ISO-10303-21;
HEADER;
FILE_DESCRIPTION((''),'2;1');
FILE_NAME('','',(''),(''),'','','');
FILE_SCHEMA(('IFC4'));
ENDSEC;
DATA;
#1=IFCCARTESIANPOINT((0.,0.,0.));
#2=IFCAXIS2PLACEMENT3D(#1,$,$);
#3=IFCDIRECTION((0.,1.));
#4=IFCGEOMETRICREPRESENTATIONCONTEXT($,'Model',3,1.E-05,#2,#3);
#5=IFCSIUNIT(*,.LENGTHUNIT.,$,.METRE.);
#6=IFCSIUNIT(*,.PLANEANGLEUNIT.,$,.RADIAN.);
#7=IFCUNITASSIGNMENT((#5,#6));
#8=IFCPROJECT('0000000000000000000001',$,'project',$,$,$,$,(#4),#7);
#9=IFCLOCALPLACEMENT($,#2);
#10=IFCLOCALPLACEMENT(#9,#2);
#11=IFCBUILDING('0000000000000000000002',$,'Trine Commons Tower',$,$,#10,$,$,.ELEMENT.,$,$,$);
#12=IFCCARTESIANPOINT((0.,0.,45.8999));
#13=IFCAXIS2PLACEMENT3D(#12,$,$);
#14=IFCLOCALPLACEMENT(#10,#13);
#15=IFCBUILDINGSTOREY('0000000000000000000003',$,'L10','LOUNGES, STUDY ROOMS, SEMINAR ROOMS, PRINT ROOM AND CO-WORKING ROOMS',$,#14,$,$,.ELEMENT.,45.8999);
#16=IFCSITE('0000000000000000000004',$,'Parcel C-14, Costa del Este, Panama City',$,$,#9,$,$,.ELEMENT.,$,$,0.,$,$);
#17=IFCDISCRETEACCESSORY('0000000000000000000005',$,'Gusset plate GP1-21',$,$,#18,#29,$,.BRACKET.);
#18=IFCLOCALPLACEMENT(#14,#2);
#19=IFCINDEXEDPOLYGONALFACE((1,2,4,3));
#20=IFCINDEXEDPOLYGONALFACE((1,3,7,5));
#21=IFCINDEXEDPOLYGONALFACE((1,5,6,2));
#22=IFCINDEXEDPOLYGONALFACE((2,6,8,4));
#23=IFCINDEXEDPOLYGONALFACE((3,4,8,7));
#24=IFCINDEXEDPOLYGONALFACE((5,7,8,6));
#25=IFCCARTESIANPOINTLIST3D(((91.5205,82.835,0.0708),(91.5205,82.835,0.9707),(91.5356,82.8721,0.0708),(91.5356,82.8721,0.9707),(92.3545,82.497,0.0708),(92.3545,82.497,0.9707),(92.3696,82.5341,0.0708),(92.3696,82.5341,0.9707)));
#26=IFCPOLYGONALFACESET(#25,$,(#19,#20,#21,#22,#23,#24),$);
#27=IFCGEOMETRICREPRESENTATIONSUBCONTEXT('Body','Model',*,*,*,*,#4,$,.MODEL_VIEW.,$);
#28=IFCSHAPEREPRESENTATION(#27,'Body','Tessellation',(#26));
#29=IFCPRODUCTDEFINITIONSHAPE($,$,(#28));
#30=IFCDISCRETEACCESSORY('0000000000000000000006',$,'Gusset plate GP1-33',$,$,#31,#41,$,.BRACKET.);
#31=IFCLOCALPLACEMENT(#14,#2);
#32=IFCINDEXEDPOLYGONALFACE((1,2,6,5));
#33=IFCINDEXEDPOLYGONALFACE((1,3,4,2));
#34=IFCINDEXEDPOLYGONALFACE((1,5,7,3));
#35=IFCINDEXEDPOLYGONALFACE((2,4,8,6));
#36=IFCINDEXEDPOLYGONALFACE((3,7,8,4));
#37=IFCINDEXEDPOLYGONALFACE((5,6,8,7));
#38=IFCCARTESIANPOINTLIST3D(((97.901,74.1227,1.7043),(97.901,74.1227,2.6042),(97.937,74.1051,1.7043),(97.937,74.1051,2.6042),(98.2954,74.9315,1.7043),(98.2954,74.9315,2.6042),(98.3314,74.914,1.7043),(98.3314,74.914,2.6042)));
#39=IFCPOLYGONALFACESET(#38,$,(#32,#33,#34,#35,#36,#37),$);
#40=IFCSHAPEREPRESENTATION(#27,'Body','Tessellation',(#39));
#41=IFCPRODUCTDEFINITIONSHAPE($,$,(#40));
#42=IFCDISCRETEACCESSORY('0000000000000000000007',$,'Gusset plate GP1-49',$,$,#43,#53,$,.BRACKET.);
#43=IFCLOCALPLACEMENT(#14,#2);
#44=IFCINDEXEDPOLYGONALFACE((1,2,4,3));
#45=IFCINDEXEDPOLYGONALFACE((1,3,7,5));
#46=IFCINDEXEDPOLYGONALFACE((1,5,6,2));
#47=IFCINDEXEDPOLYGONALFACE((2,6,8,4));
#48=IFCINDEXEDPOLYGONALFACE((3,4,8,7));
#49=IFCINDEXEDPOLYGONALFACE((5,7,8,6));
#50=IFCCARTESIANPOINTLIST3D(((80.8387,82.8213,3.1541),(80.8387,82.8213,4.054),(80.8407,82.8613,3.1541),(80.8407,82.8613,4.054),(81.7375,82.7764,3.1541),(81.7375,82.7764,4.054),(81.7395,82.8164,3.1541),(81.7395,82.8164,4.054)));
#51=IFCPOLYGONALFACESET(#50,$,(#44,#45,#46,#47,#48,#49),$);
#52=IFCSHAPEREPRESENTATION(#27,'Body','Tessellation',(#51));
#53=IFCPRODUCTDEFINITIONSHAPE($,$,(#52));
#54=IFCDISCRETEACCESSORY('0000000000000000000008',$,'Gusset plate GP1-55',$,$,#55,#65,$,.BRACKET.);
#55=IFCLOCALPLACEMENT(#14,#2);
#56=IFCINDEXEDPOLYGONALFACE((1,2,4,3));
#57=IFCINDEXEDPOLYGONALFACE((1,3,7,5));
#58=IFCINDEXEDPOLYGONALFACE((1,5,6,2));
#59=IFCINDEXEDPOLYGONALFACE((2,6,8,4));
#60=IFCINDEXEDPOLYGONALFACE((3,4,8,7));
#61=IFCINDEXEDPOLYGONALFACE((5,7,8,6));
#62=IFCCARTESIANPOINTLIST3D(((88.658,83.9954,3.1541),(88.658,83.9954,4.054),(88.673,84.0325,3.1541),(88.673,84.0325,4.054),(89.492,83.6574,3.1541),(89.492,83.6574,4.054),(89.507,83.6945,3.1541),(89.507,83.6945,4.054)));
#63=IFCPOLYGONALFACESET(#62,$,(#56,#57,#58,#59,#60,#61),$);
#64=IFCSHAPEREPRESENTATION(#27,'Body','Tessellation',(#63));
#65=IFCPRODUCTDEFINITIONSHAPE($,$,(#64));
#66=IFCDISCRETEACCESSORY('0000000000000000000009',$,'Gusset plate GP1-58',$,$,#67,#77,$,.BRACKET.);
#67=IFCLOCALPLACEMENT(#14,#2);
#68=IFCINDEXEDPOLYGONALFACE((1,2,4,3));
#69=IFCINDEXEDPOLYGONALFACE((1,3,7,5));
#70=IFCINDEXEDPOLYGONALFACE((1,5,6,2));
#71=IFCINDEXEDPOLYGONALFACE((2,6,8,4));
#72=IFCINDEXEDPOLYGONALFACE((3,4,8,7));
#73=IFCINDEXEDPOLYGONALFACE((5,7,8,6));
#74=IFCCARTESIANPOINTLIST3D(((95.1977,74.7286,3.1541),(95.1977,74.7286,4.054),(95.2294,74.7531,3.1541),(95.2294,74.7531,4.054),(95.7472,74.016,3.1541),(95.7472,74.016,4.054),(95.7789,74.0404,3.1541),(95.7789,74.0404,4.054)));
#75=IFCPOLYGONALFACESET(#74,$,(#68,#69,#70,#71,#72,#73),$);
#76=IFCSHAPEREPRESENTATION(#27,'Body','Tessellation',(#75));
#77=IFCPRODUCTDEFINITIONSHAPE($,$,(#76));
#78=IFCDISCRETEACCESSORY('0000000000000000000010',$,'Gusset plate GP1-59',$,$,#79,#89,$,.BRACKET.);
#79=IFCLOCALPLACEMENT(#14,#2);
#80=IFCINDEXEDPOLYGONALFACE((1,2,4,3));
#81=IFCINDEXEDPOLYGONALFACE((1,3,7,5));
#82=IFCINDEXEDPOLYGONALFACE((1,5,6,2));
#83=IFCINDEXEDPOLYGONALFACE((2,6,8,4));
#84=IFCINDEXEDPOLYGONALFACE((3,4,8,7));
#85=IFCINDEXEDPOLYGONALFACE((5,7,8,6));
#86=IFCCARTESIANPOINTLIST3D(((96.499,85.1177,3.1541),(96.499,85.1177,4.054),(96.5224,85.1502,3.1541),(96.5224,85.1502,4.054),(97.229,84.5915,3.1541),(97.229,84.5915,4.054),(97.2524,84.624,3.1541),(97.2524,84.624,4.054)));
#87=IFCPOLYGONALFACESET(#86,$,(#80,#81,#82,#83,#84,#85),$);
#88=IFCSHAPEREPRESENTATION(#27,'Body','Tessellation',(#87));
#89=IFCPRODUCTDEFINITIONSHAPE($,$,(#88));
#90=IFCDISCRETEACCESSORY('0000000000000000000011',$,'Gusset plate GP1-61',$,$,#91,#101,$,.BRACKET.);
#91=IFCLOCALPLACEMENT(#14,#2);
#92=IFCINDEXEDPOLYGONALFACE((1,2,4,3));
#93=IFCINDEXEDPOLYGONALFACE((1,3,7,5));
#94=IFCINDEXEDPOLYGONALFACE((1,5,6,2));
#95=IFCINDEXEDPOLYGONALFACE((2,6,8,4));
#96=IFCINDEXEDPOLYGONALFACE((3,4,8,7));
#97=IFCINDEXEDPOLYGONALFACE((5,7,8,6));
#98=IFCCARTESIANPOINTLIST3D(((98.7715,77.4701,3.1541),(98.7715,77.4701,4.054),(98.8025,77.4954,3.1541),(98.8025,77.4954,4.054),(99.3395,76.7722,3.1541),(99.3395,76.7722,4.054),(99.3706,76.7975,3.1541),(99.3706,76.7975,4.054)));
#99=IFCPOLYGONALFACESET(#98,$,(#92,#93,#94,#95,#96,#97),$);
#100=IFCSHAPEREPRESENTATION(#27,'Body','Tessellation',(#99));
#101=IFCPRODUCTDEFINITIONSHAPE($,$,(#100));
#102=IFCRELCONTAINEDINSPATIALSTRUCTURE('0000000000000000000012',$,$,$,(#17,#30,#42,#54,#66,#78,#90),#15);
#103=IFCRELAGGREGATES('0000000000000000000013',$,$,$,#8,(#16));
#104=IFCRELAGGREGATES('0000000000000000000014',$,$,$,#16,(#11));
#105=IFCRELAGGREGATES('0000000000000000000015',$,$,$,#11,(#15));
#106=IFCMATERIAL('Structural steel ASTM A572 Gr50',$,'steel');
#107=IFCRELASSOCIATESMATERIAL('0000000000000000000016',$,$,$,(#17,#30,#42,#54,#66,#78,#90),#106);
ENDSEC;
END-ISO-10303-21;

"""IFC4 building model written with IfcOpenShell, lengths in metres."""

from ifc_helpers import new_model, si_unit, direction, frame, origin, origin_2d, place, context, subcontext, project, spatial, rectangle, extrude, material, element, save


model = new_model("IFC4")

# Units and contexts
model_context = context("Model", 3, precision=1e-05, world=origin(), true_north=direction((0.0, 1.0)))
body_context = subcontext(model_context, "Body", "Model", "MODEL_VIEW")
ifc_project = project(units=[si_unit("LENGTHUNIT", "METRE"), si_unit("PLANEANGLEUNIT", "RADIAN")], contexts=[model_context])

# Site, building, storey
site_placement = place(None, origin())
site = spatial("IfcSite", under=ifc_project, at=site_placement, Name="Parcel C-14, Costa del Este, Panama City", CompositionType="ELEMENT", RefElevation=0.0)
building_placement = place(site_placement, origin())
building = spatial("IfcBuilding", under=site, at=building_placement, Name="Trine Commons Tower", CompositionType="ELEMENT")
storey_placement = place(building_placement, frame((0.0, 0.0, 45.8999)))
storey = spatial("IfcBuildingStorey", under=building, at=storey_placement, Name="L10", Description="LOUNGES, STUDY ROOMS, SEMINAR ROOMS, PRINT ROOM AND CO-WORKING ROOMS", CompositionType="ELEMENT", Elevation=45.8999)

# Discrete accessories
ifc_material_1 = material(Name="Structural steel ASTM A572 Gr50", Category="steel")
for number, where, z_axis, x_axis, name in (
    (1, (91.9451, 82.6846, 0.0708), (0.0, 0.0, 1.0), (-0.926765, 0.375642, 0.0), "Gusset plate GP1-21"),
    (2, (98.1162, 74.5183, 1.7043), (0.0, 0.0, 1.0), (0.438324, 0.898817, 0.0), "Gusset plate GP1-33"),
    (3, (81.2891, 82.8188, 3.1541), (0.0, 0.0, 1.0), (-0.998759, 0.049809, 0.0), "Gusset plate GP1-49"),
    (4, (89.0825, 83.845, 3.1541), (0.0, 0.0, 1.0), (-0.926765, 0.375642, 0.0), "Gusset plate GP1-55"),
    (5, (95.4883, 74.3845, 3.1541), (0.0, 0.0, 1.0), (-0.610657, 0.791895, 0.0), "Gusset plate GP1-58"),
    (6, (96.8757, 84.8708, 3.1541), (0.0, 0.0, 1.0), (-0.811186, 0.584788, 0.0), "Gusset plate GP1-59"),
    (7, (99.071, 77.1338, 3.1541), (0.0, 0.0, 1.0), (-0.631245, 0.775584, 0.0), "Gusset plate GP1-61"),
):
    element("IfcDiscreteAccessory", number, at=place(storey_placement, frame(where, z_axis=z_axis, x_axis=x_axis)), inside=storey, material=ifc_material_1, Name=name, PredefinedType="BRACKET", context=body_context, shape_type="SweptSolid", body=[
        extrude(rectangle(XDim=0.8999, YDim=0.04, at=origin_2d()), origin(), (0.0, 0.0, 1.0), 0.8999),
    ])

save(model, "model.ifc")
